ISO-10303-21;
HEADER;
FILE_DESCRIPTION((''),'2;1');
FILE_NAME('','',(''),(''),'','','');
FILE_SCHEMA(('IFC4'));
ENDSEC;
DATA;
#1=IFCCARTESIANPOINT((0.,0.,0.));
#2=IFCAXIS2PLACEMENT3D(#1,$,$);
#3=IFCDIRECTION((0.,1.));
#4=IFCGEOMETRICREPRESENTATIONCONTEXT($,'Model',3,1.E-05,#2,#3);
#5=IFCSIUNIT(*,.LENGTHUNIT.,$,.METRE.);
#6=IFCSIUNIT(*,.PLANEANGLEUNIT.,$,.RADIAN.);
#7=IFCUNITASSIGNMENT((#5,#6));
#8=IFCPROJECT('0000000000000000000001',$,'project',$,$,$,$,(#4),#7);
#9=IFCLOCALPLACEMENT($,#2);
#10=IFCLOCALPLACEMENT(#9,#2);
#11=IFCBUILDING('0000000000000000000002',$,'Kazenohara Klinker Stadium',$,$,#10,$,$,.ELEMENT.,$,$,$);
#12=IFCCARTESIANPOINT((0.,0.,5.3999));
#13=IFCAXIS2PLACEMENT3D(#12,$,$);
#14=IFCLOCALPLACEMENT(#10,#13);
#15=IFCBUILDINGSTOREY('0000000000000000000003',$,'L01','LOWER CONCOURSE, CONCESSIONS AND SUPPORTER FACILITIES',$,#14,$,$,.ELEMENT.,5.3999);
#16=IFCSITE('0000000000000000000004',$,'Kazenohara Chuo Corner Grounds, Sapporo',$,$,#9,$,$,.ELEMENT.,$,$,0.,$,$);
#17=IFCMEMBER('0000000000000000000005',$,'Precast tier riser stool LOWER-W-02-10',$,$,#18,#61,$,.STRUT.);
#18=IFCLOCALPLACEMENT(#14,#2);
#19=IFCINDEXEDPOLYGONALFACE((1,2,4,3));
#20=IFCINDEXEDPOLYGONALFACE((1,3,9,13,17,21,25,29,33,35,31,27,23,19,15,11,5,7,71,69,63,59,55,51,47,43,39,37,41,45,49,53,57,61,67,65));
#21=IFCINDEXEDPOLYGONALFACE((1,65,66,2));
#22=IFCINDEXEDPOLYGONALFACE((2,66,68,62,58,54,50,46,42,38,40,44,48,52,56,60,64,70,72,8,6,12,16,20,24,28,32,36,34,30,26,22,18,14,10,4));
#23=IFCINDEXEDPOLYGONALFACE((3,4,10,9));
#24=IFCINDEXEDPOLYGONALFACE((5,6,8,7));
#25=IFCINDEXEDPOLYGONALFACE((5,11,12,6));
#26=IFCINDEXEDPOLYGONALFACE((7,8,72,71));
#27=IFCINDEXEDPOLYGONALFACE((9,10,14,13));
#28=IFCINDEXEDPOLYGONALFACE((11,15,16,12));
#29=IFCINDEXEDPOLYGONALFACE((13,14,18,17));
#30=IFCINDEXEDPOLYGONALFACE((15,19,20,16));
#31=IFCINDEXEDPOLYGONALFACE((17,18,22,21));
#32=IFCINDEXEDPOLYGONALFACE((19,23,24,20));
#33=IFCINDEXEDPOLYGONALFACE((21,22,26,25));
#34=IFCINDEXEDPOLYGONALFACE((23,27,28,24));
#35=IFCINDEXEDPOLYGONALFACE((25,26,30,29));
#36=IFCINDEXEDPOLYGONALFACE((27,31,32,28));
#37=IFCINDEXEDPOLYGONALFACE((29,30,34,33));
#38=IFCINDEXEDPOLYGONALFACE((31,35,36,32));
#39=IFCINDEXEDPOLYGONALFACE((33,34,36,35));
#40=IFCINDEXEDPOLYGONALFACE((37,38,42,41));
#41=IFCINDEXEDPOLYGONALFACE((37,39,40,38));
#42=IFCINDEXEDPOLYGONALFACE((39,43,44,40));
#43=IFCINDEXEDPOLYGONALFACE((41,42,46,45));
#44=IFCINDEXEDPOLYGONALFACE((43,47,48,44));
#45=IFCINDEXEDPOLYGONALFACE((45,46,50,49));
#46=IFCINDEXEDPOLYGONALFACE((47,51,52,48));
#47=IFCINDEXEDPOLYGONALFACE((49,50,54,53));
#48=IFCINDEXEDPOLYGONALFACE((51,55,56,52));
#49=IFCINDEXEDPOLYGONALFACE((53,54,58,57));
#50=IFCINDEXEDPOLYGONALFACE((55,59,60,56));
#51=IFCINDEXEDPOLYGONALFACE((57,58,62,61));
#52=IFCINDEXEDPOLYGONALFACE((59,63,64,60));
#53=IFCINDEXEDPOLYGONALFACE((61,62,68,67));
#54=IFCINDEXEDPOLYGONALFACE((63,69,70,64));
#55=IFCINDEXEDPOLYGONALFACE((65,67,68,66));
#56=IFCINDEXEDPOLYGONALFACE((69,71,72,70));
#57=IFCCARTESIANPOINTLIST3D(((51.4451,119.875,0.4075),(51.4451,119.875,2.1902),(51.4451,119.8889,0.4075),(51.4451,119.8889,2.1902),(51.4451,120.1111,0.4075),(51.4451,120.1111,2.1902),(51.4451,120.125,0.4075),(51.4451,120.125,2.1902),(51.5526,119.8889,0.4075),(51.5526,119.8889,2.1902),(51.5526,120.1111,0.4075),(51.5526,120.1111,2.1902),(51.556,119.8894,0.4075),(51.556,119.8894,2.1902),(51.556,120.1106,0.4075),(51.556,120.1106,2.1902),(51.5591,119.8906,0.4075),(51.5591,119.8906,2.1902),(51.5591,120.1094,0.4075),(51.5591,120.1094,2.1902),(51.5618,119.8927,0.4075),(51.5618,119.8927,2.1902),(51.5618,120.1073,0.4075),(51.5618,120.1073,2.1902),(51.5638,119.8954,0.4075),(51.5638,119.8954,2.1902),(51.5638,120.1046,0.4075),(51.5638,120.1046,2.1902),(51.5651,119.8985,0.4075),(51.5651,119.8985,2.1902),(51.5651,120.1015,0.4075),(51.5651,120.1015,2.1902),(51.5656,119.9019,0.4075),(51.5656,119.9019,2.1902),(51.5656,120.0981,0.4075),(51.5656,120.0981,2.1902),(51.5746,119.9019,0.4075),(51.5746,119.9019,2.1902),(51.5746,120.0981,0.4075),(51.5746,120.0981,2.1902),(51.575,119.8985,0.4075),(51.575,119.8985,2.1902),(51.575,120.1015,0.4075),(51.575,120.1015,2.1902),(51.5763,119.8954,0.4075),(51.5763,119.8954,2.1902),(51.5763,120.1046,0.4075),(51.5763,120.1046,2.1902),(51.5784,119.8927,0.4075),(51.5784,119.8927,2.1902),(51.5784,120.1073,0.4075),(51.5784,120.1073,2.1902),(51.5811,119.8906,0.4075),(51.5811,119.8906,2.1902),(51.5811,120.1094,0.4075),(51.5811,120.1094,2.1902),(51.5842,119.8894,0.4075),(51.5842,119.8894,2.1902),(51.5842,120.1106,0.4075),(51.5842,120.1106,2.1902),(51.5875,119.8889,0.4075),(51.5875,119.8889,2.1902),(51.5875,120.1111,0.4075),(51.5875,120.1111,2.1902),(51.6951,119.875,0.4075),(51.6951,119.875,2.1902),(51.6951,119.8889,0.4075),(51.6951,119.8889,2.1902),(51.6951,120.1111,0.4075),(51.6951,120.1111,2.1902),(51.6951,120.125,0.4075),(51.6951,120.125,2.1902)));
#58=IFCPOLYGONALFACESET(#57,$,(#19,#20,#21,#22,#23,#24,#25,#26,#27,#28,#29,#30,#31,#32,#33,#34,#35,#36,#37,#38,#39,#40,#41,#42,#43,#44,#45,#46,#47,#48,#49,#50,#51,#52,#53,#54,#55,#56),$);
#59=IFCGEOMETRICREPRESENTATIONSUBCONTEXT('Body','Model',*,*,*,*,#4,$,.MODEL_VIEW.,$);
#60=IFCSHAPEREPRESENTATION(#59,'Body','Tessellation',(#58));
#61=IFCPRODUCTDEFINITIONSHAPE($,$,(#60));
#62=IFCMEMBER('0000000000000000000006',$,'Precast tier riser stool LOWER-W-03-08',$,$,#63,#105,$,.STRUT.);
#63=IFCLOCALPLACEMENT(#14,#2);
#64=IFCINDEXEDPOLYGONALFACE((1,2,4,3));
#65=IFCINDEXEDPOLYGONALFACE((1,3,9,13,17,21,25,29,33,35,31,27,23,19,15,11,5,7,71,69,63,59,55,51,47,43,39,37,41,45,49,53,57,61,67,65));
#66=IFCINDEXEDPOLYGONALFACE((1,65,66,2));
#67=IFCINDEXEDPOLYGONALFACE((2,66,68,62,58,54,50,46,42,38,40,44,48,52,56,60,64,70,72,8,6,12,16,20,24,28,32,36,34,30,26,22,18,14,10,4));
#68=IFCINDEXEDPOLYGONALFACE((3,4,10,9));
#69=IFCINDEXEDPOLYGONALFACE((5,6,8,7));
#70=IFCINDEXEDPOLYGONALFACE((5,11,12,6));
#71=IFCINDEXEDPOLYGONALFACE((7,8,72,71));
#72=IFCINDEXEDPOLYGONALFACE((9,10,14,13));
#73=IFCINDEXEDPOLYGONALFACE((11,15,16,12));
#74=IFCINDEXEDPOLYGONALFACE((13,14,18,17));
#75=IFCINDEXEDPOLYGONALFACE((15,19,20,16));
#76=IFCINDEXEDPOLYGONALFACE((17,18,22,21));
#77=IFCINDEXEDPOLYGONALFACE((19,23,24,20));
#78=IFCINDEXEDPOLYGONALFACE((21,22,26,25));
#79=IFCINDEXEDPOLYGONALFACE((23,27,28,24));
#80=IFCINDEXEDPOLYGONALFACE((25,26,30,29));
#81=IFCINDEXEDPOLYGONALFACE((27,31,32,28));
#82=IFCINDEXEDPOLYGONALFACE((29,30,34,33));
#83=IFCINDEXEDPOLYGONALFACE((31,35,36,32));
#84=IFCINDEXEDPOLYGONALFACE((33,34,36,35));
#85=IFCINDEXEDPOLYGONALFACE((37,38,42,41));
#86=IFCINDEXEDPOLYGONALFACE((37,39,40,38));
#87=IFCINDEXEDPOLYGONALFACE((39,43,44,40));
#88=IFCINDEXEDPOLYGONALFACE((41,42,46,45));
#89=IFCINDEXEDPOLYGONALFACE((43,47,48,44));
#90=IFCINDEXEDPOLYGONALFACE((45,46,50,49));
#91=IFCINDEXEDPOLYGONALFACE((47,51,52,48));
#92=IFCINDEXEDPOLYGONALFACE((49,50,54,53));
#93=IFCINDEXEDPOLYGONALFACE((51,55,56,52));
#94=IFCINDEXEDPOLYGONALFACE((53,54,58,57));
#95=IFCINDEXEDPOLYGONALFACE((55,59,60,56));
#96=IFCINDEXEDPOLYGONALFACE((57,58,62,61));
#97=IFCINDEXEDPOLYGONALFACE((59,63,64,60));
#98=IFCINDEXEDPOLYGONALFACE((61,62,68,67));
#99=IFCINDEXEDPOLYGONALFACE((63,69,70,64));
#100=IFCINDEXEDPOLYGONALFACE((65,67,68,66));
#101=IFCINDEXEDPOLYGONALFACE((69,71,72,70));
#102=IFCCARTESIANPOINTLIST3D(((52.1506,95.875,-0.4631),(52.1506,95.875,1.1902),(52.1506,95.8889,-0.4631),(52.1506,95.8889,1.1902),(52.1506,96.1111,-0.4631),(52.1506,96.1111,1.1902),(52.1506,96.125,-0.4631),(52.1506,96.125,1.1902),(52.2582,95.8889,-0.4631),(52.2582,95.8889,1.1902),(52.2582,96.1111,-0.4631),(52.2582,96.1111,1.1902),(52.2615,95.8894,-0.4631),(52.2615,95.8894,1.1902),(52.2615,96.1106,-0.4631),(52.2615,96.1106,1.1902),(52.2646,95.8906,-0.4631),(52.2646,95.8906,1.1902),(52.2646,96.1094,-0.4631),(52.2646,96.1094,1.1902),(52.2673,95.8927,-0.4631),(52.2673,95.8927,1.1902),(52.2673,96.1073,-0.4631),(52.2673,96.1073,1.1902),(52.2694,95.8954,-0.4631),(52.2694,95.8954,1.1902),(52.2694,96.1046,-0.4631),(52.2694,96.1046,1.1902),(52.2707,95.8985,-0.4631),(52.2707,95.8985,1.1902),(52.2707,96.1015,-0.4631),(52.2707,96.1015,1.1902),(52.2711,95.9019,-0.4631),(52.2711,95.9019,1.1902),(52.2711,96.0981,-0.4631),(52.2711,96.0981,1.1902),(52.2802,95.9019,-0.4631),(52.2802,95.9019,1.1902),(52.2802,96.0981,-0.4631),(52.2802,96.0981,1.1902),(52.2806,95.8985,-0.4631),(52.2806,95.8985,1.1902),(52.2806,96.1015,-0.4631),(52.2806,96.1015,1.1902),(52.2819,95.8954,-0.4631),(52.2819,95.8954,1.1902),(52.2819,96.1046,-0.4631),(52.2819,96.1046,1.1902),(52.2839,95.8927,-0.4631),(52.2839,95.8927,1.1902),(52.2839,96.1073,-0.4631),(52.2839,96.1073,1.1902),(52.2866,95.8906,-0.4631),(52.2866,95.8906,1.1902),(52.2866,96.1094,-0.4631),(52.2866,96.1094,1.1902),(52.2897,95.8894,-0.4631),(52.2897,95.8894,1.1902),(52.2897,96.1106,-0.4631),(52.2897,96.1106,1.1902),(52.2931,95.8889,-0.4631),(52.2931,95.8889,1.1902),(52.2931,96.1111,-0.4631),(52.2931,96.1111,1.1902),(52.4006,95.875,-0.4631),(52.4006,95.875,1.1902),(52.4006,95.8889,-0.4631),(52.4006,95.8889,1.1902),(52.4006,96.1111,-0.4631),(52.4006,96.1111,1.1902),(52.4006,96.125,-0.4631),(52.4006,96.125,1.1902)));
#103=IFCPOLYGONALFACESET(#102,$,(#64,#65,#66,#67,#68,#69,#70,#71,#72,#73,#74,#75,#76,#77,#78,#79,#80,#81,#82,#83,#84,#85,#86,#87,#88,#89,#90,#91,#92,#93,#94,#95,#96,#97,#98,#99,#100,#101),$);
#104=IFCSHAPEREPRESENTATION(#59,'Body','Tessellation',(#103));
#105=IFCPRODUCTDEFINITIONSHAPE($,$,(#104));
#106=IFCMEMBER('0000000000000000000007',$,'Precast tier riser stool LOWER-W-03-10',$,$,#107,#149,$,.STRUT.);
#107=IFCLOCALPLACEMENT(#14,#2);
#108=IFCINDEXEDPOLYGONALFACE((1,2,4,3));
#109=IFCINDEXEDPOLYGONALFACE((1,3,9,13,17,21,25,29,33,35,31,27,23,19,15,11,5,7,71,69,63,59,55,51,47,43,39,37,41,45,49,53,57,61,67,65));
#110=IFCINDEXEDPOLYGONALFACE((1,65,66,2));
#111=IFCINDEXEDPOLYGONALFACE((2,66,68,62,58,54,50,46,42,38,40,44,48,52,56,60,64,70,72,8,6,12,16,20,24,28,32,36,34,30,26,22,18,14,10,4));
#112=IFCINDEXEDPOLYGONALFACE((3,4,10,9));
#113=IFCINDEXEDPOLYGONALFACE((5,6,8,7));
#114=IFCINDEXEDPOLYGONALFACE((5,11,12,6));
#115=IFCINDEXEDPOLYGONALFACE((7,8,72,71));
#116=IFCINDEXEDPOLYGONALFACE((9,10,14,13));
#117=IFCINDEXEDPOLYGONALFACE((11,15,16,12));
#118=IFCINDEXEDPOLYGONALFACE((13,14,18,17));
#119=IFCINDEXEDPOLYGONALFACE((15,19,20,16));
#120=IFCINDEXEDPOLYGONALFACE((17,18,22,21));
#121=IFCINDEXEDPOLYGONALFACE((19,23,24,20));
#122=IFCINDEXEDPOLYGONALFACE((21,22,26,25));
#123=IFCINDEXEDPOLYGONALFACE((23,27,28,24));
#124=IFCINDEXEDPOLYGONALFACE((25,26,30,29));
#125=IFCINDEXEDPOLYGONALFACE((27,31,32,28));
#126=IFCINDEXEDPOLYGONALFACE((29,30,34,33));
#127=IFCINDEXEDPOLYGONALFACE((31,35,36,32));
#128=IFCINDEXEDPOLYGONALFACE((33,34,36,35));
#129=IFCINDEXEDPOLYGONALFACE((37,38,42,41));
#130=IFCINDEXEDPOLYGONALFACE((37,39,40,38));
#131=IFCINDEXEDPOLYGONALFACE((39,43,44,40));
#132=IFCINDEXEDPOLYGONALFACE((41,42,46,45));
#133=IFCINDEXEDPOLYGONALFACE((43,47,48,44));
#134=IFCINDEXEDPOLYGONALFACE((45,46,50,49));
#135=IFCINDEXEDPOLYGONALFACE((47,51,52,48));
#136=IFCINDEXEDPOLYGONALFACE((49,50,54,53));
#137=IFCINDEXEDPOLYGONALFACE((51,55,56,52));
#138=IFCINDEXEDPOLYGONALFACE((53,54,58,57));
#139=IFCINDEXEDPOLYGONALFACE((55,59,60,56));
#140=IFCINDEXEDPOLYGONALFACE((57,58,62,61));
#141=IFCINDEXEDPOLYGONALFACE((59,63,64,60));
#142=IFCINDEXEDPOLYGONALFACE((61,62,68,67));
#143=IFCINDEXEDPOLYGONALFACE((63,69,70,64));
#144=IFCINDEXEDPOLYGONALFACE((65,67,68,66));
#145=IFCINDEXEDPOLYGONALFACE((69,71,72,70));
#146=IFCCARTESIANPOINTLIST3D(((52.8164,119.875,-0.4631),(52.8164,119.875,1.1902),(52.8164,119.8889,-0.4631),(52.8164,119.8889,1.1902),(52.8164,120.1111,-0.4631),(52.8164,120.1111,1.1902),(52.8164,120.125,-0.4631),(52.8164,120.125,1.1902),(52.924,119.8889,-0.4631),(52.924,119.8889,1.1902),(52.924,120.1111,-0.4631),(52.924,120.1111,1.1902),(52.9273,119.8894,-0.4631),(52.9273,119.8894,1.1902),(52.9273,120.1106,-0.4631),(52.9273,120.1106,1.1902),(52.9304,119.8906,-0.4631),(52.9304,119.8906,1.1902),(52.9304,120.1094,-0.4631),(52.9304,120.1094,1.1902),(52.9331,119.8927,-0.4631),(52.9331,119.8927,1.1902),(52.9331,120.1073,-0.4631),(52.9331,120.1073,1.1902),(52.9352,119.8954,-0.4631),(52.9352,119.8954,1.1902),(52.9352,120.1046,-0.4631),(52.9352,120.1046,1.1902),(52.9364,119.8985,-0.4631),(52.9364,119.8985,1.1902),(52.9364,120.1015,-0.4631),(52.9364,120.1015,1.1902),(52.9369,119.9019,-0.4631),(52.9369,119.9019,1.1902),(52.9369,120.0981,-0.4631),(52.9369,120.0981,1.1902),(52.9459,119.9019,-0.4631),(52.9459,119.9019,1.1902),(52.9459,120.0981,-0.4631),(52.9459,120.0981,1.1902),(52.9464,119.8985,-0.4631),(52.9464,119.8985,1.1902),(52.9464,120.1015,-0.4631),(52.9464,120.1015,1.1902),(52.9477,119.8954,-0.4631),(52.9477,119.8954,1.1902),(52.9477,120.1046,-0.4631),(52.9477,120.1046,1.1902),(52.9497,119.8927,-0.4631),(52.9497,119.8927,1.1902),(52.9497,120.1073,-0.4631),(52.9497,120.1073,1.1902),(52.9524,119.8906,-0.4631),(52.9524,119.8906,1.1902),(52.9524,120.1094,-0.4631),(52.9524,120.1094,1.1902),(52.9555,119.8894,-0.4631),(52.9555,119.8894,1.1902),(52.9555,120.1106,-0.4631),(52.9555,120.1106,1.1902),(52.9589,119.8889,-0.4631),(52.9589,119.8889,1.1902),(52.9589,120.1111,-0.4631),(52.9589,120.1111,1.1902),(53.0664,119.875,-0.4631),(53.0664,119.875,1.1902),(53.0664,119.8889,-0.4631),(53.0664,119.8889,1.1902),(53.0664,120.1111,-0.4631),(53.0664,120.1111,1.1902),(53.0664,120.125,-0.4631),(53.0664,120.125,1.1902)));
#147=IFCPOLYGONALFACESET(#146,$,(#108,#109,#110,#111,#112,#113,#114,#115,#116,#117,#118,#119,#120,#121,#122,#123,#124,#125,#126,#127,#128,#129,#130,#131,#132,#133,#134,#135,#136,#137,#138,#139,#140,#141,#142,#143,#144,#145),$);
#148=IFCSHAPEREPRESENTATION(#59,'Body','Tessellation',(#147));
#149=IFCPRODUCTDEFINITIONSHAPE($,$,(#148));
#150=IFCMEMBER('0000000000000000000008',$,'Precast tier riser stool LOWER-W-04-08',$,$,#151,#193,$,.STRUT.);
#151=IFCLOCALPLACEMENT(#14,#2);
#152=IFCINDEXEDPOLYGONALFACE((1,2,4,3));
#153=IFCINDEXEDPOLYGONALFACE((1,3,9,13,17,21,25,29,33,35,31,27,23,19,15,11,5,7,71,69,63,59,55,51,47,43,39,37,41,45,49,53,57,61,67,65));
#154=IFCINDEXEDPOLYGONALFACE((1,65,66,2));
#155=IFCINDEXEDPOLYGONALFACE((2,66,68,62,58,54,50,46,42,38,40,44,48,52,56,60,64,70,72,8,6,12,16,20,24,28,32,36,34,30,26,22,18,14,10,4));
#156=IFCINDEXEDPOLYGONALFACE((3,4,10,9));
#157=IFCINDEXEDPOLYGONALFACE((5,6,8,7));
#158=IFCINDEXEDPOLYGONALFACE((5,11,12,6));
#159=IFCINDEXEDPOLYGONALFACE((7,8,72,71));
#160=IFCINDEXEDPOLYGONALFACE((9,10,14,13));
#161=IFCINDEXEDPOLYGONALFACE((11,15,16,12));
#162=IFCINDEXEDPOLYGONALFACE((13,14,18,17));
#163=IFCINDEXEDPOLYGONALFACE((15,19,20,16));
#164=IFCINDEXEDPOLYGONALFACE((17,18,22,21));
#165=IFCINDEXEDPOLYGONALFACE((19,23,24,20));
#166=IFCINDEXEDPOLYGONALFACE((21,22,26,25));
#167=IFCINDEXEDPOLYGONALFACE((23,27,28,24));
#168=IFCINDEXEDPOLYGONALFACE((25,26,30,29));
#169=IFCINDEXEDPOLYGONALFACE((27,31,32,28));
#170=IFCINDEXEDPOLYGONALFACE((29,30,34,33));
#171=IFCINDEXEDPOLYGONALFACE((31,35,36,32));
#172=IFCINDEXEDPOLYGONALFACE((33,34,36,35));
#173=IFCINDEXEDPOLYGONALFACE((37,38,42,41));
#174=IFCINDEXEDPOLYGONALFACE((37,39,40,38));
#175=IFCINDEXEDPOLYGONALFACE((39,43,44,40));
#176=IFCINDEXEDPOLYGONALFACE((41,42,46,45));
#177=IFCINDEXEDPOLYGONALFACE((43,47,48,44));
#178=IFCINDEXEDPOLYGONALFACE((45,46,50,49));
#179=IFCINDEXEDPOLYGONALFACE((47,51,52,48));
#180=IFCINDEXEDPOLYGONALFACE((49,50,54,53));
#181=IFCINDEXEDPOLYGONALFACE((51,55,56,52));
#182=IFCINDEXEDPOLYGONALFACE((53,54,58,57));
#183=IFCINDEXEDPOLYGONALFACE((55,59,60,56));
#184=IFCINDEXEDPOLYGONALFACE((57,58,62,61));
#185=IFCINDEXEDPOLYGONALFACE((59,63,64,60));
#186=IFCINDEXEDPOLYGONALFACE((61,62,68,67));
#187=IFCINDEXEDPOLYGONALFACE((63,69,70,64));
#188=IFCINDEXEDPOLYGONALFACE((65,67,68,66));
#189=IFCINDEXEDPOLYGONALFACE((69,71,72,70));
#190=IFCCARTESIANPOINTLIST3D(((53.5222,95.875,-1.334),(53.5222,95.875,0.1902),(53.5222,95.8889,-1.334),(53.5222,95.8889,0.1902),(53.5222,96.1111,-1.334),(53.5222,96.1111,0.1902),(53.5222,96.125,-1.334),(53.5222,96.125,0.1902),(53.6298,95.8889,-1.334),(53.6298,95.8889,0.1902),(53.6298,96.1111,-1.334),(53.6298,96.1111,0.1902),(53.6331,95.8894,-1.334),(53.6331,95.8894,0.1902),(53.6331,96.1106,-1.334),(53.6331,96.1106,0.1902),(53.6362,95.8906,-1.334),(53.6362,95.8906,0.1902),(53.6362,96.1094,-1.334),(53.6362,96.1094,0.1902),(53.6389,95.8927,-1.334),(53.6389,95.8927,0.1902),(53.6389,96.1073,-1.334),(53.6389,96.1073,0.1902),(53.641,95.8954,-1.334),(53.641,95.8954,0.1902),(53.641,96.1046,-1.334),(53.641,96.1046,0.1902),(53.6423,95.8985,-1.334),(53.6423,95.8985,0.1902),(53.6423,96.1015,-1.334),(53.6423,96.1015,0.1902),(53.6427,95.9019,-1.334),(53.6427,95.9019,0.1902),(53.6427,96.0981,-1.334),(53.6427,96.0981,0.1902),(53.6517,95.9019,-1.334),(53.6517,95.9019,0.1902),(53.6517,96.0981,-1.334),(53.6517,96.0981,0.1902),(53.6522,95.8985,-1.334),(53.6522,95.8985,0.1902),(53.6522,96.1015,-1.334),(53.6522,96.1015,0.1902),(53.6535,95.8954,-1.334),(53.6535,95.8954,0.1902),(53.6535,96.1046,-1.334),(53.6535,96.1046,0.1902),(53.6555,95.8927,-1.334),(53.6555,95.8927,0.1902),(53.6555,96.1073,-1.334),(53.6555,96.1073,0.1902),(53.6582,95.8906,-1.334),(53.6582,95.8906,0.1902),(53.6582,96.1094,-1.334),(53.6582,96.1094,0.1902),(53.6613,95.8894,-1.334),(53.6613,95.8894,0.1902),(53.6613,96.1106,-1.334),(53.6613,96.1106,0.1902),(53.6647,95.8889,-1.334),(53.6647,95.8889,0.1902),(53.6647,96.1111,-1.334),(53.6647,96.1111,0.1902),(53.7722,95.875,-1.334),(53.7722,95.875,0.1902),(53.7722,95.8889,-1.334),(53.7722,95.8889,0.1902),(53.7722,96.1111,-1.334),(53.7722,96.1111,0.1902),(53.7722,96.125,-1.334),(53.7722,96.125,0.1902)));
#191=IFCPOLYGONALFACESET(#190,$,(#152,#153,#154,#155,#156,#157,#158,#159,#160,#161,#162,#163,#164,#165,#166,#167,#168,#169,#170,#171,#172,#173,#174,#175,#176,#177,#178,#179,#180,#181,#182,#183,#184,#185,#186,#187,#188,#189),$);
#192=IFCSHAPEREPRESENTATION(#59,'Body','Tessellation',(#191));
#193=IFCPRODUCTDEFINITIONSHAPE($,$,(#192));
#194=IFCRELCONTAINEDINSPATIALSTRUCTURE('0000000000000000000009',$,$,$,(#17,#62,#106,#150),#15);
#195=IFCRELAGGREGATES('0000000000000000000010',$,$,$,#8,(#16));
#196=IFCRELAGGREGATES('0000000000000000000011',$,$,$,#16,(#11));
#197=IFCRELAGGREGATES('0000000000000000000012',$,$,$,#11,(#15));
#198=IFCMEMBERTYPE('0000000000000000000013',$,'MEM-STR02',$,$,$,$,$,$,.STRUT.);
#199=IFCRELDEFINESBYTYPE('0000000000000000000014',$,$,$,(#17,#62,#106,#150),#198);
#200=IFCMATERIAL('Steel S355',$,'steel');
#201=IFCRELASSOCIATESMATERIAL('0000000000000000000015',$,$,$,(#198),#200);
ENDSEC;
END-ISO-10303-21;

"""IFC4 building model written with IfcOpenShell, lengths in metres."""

from ifc_helpers import new_model, si_unit, direction, frame, origin, origin_2d, place, context, subcontext, project, spatial, i_section, extrude, material, material_profile, profile_set, type_object, element, save


model = new_model("IFC4")

# Units and contexts
model_context = context("Model", 3, precision=1e-05, world=origin(), true_north=direction((0.0, 1.0)))
body_context = subcontext(model_context, "Body", "Model", "MODEL_VIEW")
ifc_project = project(units=[si_unit("LENGTHUNIT", "METRE"), si_unit("PLANEANGLEUNIT", "RADIAN")], contexts=[model_context])

# Site, building, storey
site_placement = place(None, origin())
site = spatial("IfcSite", under=ifc_project, at=site_placement, Name="Kazenohara Chuo Corner Grounds, Sapporo", CompositionType="ELEMENT", RefElevation=0.0)
building_placement = place(site_placement, origin())
building = spatial("IfcBuilding", under=site, at=building_placement, Name="Kazenohara Klinker Stadium", CompositionType="ELEMENT")
storey_placement = place(building_placement, frame((0.0, 0.0, 5.3999)))
storey = spatial("IfcBuildingStorey", under=building, at=storey_placement, Name="L01", Description="LOWER CONCOURSE, CONCESSIONS AND SUPPORTER FACILITIES", CompositionType="ELEMENT", Elevation=5.3999)

# Shared definitions
ifc_material_1 = material(Name="Steel S355", Category="steel")

# Members
ifc_material_profile_1 = material_profile(ifc_material_1, i_section(OverallWidth=0.25, OverallDepth=0.25, WebThickness=0.009, FlangeThickness=0.0139, FilletRadius=0.0129, at=origin_2d()), Name="H-250x250x9x14")
ifc_profile_set_1 = profile_set([ifc_material_profile_1], Name="Steel S355")
member_type_1 = type_object("IfcMemberType", Name="MEM-STR02", PredefinedType="STRUT", material=ifc_profile_set_1)
member_1_placement = place(storey_placement, frame((51.5701, 120.0, 0.4075), z_axis=(0.0, 0.0, 1.0), x_axis=(1.0, 0.0, 0.0)))
element("IfcMember", 1, at=member_1_placement, inside=storey, type_object=member_type_1, Name="Precast tier riser stool LOWER-W-02-10", PredefinedType="STRUT", context=body_context, shape_type="SweptSolid", body=[
    extrude(i_section(OverallWidth=0.25, OverallDepth=0.25, WebThickness=0.009, FlangeThickness=0.0139, FilletRadius=0.0129, at=origin_2d()), origin(), (0.0, 0.0, 1.0), 1.7827),
])
for number, where, z_axis, x_axis, name in (
    (2, (52.2756, 96.0, -0.4631), (0.0, 0.0, 1.0), (1.0, 0.0, 0.0), "Precast tier riser stool LOWER-W-03-08"),
    (3, (52.9414, 120.0, -0.4631), (0.0, 0.0, 1.0), (1.0, 0.0, 0.0), "Precast tier riser stool LOWER-W-03-10"),
):
    element("IfcMember", number, at=place(storey_placement, frame(where, z_axis=z_axis, x_axis=x_axis)), inside=storey, type_object=member_type_1, Name=name, PredefinedType="STRUT", context=body_context, shape_type="SweptSolid", body=[
        extrude(i_section(OverallWidth=0.25, OverallDepth=0.25, WebThickness=0.009, FlangeThickness=0.0139, FilletRadius=0.0129, at=origin_2d()), origin(), (0.0, 0.0, 1.0), 1.6533),
    ])
for number, where, z_axis, x_axis, name in (
    (4, (53.6472, 96.0, -1.334), (0.0, 0.0, 1.0), (1.0, 0.0, 0.0), "Precast tier riser stool LOWER-W-04-08"),
):
    element("IfcMember", number, at=place(storey_placement, frame(where, z_axis=z_axis, x_axis=x_axis)), inside=storey, type_object=member_type_1, Name=name, PredefinedType="STRUT", context=body_context, shape_type="SweptSolid", body=[
        extrude(i_section(OverallWidth=0.25, OverallDepth=0.25, WebThickness=0.009, FlangeThickness=0.0139, FilletRadius=0.0129, at=origin_2d()), origin(), (0.0, 0.0, 1.0), 1.5242),
    ])

save(model, "model.ifc")
